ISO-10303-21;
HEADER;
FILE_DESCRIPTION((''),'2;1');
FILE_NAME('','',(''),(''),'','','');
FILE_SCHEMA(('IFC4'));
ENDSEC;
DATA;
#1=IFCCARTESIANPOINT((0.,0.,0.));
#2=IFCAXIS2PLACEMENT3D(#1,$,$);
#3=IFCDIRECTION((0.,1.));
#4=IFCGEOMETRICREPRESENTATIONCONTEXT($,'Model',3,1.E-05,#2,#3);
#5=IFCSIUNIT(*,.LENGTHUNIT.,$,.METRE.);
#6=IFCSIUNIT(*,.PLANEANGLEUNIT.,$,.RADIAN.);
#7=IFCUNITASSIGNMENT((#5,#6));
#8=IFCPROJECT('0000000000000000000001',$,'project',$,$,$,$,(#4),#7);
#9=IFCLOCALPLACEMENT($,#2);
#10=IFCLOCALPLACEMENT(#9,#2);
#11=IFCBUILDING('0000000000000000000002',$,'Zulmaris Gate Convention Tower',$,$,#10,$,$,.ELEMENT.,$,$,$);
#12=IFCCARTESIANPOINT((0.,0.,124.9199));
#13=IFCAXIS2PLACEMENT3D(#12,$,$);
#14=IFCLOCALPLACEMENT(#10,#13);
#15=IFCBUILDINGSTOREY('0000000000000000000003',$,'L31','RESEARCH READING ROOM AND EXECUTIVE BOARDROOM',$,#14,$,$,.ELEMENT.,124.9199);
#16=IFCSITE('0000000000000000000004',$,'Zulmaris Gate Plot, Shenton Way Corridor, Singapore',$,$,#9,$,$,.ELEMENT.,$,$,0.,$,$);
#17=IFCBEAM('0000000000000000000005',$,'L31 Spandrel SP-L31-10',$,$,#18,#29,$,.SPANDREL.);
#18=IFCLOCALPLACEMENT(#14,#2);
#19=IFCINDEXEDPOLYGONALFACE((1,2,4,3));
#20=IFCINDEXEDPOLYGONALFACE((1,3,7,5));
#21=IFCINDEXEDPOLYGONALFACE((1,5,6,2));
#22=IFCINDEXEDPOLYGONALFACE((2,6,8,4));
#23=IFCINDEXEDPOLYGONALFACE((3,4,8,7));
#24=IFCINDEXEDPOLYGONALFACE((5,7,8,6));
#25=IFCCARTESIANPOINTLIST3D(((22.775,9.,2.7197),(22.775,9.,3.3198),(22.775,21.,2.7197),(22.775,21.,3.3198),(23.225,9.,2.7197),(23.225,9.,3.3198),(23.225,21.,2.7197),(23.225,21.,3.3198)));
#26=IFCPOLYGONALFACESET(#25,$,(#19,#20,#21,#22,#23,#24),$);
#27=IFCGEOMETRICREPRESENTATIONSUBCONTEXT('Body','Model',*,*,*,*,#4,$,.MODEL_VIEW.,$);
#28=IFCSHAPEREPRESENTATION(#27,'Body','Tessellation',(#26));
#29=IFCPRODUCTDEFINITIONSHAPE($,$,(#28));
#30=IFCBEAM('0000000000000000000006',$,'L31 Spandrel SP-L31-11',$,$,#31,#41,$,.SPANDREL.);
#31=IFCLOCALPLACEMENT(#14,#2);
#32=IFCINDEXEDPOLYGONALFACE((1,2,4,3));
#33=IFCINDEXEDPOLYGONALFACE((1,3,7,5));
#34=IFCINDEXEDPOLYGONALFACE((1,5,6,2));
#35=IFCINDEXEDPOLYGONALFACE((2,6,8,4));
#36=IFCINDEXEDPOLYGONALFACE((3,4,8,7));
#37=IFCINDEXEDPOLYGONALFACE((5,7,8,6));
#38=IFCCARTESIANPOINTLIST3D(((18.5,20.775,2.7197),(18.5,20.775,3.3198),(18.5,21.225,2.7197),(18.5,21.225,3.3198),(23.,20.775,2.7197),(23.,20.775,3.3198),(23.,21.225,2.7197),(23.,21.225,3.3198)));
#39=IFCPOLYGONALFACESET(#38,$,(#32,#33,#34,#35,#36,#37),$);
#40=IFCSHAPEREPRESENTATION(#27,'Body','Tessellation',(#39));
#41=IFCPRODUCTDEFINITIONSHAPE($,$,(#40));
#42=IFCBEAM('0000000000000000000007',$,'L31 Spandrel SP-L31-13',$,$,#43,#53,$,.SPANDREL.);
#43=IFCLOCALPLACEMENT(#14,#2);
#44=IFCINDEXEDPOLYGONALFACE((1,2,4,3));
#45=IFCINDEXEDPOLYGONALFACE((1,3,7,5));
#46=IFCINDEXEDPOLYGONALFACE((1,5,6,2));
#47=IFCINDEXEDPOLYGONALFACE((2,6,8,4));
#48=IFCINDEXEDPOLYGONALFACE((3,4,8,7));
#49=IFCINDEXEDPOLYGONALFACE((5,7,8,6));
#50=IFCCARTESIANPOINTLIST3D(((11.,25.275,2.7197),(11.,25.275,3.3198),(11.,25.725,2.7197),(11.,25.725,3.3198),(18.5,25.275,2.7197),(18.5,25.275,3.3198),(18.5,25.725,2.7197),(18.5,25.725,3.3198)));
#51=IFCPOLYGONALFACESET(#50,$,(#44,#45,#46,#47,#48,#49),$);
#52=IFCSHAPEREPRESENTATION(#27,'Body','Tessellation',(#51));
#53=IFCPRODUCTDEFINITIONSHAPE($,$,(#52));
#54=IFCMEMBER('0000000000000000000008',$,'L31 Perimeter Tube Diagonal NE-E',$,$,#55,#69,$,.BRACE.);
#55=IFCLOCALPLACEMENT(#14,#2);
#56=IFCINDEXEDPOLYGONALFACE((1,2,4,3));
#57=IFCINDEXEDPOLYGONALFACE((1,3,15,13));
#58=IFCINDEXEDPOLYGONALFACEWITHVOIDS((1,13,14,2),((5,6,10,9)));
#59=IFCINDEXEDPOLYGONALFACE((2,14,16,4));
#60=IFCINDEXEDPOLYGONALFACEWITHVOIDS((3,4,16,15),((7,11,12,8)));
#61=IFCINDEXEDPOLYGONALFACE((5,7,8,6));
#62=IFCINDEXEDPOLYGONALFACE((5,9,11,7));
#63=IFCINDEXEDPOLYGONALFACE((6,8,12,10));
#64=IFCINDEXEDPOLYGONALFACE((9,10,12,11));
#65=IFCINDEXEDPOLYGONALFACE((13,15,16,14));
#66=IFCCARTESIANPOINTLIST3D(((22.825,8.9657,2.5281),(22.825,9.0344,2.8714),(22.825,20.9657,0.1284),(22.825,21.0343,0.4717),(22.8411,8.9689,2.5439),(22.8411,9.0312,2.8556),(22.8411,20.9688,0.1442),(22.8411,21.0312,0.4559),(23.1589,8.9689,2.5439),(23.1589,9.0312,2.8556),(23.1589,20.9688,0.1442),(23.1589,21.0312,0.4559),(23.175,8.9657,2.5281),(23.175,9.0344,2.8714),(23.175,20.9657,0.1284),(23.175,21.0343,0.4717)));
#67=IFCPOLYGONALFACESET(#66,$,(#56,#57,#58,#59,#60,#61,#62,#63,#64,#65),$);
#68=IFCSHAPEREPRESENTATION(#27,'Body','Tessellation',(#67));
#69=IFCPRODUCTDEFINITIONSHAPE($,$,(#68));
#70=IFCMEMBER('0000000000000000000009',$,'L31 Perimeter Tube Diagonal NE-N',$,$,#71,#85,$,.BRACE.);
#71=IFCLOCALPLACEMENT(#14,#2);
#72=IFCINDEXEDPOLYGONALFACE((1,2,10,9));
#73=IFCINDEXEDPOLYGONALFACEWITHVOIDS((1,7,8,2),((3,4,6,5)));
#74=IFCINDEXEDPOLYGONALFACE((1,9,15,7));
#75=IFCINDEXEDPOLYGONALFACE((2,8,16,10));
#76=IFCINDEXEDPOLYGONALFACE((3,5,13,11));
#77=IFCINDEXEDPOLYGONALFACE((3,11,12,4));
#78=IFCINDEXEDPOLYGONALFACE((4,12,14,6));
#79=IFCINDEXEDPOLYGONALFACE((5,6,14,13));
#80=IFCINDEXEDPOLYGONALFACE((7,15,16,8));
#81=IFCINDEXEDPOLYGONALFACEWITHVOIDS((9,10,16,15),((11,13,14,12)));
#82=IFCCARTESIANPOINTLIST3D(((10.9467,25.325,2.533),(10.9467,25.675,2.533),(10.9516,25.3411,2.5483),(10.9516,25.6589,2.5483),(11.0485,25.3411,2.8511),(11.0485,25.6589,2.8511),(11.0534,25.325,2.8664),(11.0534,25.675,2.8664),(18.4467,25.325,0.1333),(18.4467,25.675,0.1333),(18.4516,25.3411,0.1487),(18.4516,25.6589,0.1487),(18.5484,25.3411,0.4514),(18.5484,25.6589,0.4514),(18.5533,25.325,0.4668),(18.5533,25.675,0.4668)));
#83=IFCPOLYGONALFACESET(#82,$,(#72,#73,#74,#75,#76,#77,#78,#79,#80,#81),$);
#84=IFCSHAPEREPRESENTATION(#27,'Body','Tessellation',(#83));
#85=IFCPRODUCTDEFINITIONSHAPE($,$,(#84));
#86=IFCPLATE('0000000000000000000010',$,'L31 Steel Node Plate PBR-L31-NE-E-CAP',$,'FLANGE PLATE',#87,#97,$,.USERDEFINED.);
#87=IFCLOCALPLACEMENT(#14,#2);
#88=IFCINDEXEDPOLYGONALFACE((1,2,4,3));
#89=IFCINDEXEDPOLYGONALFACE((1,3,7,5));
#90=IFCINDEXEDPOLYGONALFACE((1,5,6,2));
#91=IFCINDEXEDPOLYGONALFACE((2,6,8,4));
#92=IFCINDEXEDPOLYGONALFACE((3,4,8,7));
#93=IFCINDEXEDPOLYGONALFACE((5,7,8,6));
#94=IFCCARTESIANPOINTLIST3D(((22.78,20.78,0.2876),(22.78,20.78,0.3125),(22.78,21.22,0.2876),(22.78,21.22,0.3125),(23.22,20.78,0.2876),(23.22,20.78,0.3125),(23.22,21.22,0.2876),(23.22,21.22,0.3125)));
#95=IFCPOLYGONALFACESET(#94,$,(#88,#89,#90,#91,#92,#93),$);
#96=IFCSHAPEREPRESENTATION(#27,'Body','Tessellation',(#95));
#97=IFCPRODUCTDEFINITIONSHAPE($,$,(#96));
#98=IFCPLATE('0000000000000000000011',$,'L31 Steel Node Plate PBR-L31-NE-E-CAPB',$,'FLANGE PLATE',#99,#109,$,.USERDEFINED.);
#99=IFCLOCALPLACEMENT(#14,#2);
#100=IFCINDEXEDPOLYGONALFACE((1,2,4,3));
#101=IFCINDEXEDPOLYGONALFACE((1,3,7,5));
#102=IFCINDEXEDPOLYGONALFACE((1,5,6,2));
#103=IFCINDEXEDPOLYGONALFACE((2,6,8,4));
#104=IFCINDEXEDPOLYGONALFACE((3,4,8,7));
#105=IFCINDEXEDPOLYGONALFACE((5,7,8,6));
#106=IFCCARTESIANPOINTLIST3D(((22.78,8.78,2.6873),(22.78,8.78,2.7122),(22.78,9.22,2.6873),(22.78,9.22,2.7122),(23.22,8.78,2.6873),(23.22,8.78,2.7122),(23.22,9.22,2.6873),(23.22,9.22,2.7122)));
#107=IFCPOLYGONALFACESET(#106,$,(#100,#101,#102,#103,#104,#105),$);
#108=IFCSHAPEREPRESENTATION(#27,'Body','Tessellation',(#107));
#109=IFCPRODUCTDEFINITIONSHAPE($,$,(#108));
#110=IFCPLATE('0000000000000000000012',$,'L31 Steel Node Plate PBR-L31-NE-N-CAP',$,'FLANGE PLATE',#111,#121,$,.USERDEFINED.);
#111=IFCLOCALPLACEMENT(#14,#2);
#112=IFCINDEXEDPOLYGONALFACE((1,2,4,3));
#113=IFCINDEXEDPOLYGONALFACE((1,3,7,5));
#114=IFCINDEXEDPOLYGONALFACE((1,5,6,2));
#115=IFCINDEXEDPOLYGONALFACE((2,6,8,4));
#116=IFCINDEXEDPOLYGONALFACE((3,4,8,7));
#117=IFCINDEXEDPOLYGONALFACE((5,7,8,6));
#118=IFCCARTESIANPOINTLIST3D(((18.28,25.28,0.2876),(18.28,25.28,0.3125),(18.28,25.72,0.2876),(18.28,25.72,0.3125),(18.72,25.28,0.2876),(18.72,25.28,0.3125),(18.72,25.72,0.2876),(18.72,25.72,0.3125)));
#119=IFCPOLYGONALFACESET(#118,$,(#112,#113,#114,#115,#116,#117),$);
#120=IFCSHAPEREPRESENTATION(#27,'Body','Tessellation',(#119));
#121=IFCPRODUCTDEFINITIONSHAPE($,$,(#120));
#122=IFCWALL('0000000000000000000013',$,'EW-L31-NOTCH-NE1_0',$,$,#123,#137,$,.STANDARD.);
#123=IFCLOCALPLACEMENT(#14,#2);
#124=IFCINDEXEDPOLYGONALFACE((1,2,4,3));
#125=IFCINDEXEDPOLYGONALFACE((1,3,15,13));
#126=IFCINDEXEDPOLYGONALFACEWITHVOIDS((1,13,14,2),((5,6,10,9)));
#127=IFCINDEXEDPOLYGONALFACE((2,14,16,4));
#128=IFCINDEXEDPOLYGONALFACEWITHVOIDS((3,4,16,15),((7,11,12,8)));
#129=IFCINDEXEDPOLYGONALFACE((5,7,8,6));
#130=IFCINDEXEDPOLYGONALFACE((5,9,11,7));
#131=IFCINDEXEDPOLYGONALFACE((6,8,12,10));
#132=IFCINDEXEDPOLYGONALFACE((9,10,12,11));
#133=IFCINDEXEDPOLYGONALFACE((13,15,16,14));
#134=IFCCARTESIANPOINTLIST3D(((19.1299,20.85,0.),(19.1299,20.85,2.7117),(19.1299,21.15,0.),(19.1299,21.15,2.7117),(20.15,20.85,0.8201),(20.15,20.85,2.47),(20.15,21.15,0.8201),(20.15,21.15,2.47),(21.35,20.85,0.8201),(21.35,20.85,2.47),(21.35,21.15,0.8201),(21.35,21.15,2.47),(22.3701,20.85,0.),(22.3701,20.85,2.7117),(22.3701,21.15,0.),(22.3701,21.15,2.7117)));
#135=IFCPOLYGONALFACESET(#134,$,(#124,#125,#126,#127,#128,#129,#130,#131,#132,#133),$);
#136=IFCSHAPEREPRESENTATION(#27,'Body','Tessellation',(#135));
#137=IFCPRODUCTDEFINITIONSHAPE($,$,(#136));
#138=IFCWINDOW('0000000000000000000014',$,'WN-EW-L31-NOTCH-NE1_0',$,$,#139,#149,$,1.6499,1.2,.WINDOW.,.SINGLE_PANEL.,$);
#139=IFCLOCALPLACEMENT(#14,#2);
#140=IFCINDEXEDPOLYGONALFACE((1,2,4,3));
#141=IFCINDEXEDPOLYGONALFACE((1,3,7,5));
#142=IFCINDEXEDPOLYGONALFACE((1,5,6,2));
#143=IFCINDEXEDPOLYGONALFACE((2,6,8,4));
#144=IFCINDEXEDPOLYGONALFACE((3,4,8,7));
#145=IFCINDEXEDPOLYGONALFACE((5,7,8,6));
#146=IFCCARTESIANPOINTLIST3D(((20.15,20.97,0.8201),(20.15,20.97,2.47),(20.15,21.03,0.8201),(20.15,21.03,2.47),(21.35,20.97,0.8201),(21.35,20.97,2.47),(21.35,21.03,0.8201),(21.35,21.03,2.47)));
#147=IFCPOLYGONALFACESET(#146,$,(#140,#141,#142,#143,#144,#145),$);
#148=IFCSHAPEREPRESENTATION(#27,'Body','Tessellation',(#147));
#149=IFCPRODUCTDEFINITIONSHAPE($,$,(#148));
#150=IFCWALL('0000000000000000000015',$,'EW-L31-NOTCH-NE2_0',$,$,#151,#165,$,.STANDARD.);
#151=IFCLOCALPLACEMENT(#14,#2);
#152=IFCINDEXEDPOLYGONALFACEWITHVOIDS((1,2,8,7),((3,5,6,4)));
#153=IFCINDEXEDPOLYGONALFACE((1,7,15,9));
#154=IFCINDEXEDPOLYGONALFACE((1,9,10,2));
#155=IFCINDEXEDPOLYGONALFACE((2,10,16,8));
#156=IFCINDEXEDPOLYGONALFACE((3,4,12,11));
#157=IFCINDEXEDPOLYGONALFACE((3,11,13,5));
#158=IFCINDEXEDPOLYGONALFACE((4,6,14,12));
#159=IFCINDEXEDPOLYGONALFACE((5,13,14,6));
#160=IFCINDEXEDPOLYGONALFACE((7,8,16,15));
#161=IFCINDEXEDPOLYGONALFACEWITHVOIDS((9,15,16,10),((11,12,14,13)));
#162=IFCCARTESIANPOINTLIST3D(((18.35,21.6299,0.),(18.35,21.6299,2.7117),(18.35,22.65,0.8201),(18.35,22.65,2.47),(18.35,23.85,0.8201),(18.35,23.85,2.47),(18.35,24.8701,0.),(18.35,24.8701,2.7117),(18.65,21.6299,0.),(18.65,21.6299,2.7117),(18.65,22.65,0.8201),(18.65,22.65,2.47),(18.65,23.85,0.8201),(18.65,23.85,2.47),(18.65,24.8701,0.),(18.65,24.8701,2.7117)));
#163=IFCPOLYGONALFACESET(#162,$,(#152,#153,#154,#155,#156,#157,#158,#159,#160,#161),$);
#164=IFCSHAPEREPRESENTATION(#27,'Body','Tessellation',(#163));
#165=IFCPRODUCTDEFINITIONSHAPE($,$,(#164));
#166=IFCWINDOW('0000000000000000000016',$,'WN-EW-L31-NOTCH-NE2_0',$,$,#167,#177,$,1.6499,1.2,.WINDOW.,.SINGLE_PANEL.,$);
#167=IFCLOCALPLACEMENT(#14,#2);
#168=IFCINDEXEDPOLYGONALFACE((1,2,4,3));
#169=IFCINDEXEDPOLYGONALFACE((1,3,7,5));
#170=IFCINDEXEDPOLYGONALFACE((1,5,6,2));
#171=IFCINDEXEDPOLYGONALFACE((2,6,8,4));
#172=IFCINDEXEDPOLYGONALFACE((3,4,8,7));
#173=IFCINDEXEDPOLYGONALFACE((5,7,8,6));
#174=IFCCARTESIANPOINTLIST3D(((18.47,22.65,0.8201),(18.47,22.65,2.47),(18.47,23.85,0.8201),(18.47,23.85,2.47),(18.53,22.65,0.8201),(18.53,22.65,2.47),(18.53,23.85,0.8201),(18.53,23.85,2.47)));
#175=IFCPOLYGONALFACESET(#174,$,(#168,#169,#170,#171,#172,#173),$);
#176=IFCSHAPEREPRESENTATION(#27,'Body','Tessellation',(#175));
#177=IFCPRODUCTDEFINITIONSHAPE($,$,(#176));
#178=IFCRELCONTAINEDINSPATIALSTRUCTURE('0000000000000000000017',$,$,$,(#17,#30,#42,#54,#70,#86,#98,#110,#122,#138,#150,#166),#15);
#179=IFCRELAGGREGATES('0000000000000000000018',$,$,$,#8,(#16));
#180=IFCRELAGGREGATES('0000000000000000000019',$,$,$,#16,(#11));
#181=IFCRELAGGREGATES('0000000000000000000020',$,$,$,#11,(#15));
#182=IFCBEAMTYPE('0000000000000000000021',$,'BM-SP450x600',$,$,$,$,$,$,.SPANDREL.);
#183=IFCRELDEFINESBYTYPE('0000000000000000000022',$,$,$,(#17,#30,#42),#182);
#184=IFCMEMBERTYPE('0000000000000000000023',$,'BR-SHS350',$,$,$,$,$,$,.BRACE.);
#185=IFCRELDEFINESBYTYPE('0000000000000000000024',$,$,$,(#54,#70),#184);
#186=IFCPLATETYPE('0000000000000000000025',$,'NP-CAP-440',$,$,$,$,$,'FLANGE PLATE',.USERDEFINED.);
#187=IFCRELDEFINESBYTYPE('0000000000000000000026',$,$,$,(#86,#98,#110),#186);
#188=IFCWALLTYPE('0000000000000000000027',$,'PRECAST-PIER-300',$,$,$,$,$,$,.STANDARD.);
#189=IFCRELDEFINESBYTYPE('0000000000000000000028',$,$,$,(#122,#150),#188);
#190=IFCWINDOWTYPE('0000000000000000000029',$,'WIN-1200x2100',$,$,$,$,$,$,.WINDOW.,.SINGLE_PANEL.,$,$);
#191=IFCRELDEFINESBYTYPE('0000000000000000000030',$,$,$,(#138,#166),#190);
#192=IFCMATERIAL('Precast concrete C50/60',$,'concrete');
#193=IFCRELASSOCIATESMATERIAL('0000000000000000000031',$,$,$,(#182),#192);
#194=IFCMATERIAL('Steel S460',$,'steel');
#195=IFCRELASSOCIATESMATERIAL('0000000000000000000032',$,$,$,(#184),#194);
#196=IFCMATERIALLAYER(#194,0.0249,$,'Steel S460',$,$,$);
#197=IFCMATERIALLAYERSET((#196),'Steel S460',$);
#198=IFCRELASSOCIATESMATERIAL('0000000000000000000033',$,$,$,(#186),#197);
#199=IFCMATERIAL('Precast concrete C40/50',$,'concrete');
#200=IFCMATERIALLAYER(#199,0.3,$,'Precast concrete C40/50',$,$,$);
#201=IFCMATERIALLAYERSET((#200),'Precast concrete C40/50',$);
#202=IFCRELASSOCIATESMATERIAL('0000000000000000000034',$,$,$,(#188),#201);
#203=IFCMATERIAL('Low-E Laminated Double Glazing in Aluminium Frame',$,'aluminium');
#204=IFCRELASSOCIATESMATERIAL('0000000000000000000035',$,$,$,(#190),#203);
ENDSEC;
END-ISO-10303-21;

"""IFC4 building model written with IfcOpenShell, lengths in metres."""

from ifc_helpers import new_model, si_unit, direction, frame, frame_2d, origin, origin_2d, place, context, subcontext, project, spatial, rectangle, hollow_rectangle, extrude, material, layer, layer_set, material_profile, profile_set, type_object, element, fill, save


model = new_model("IFC4")

# Units and contexts
model_context = context("Model", 3, precision=1e-05, world=origin(), true_north=direction((0.0, 1.0)))
body_context = subcontext(model_context, "Body", "Model", "MODEL_VIEW")
ifc_project = project(units=[si_unit("LENGTHUNIT", "METRE"), si_unit("PLANEANGLEUNIT", "RADIAN")], contexts=[model_context])

# Site, building, storey
site_placement = place(None, origin())
site = spatial("IfcSite", under=ifc_project, at=site_placement, Name="Zulmaris Gate Plot, Shenton Way Corridor, Singapore", CompositionType="ELEMENT", RefElevation=0.0)
building_placement = place(site_placement, origin())
building = spatial("IfcBuilding", under=site, at=building_placement, Name="Zulmaris Gate Convention Tower", CompositionType="ELEMENT")
storey_placement = place(building_placement, frame((0.0, 0.0, 124.9199)))
storey = spatial("IfcBuildingStorey", under=building, at=storey_placement, Name="L31", Description="RESEARCH READING ROOM AND EXECUTIVE BOARDROOM", CompositionType="ELEMENT", Elevation=124.9199)

# Beams
ifc_material_1 = material(Name="Precast concrete C50/60", Category="concrete")
ifc_material_profile_1 = material_profile(ifc_material_1, rectangle(XDim=0.45, YDim=0.6001, at=origin_2d()), Name="RC SPANDREL 450x600")
ifc_profile_set_1 = profile_set([ifc_material_profile_1], Name="Precast concrete C50/60")
beam_type_1 = type_object("IfcBeamType", Name="BM-SP450x600", PredefinedType="SPANDREL", material=ifc_profile_set_1)
beam_1_placement = place(storey_placement, frame((23.0, 9.0, 3.0198), z_axis=(0.0, 1.0, 0.0), x_axis=(-1.0, 0.0, 0.0)))
element("IfcBeam", 1, at=beam_1_placement, inside=storey, type_object=beam_type_1, Name="L31 Spandrel SP-L31-10", PredefinedType="SPANDREL", context=body_context, shape_type="SweptSolid", body=[
    extrude(rectangle(XDim=0.45, YDim=0.6001, at=origin_2d()), origin(), (0.0, 0.0, 1.0), 12.0),
])
beam_2_placement = place(storey_placement, frame((23.0, 21.0, 3.0198), z_axis=(-1.0, 0.0, 0.0), x_axis=(0.0, -1.0, 0.0)))
element("IfcBeam", 2, at=beam_2_placement, inside=storey, type_object=beam_type_1, Name="L31 Spandrel SP-L31-11", PredefinedType="SPANDREL", context=body_context, shape_type="SweptSolid", body=[
    extrude(rectangle(XDim=0.45, YDim=0.6001, at=origin_2d()), origin(), (0.0, 0.0, 1.0), 4.5),
])
beam_3_placement = place(storey_placement, frame((18.5, 25.5, 3.0198), z_axis=(-1.0, 0.0, 0.0), x_axis=(0.0, -1.0, 0.0)))
element("IfcBeam", 3, at=beam_3_placement, inside=storey, type_object=beam_type_1, Name="L31 Spandrel SP-L31-13", PredefinedType="SPANDREL", context=body_context, shape_type="SweptSolid", body=[
    extrude(rectangle(XDim=0.45, YDim=0.6001, at=origin_2d()), origin(), (0.0, 0.0, 1.0), 7.5),
])

# Members
ifc_material_2 = material(Name="Steel S460", Category="steel")
ifc_material_profile_2 = material_profile(ifc_material_2, hollow_rectangle(XDim=0.3501, YDim=0.3501, WallThickness=0.0161, at=origin_2d()), Name="SHS 350x350x16")
ifc_profile_set_2 = profile_set([ifc_material_profile_2], Name="Steel S460")
member_type = type_object("IfcMemberType", Name="BR-SHS350", PredefinedType="BRACE", material=ifc_profile_set_2)
member_1_placement = place(storey_placement, frame((23.0, 21.0, 0.3), z_axis=(0.0, -0.980586, 0.196089), x_axis=(1.0, 0.0, 0.0)))
element("IfcMember", 4, at=member_1_placement, inside=storey, type_object=member_type, Name="L31 Perimeter Tube Diagonal NE-E", PredefinedType="BRACE", context=body_context, shape_type="SweptSolid", body=[
    extrude(hollow_rectangle(XDim=0.3501, YDim=0.3501, WallThickness=0.0161, at=origin_2d()), origin(), (0.0, 0.0, 1.0), 12.2375),
])
member_2_placement = place(storey_placement, frame((18.5, 25.5, 0.3), z_axis=(-0.952437, 0.0, 0.304736), x_axis=(0.0, -1.0, 0.0)))
element("IfcMember", 5, at=member_2_placement, inside=storey, type_object=member_type, Name="L31 Perimeter Tube Diagonal NE-N", PredefinedType="BRACE", context=body_context, shape_type="SweptSolid", body=[
    extrude(hollow_rectangle(XDim=0.3501, YDim=0.3501, WallThickness=0.0161, at=origin_2d()), origin(), (0.0, 0.0, 1.0), 7.8745),
])

# Plates
ifc_layer_1 = layer(ifc_material_2, 0.0249, Name="Steel S460")
ifc_layer_set_1 = layer_set([ifc_layer_1], Name="Steel S460")
plate_type = type_object("IfcPlateType", Name="NP-CAP-440", ElementType="FLANGE PLATE", PredefinedType="USERDEFINED", material=ifc_layer_set_1)
for number, where, z_axis, x_axis, name in (
    (6, (23.0, 21.0, 0.2876), (0.0, 0.0, 1.0), (1.0, 0.0, 0.0), "L31 Steel Node Plate PBR-L31-NE-E-CAP"),
    (7, (23.0, 9.0, 2.6873), (0.0, 0.0, 1.0), (1.0, 0.0, 0.0), "L31 Steel Node Plate PBR-L31-NE-E-CAPB"),
    (8, (18.5, 25.5, 0.2876), (0.0, 0.0, 1.0), (1.0, 0.0, 0.0), "L31 Steel Node Plate PBR-L31-NE-N-CAP"),
):
    element("IfcPlate", number, at=place(storey_placement, frame(where, z_axis=z_axis, x_axis=x_axis)), inside=storey, type_object=plate_type, Name=name, ObjectType="FLANGE PLATE", PredefinedType="USERDEFINED", context=body_context, shape_type="SweptSolid", body=[
        extrude(rectangle(XDim=0.4399, YDim=0.4399, at=origin_2d()), origin(), (0.0, 0.0, 1.0), 0.0249),
    ])

# Walls, openings, windows
ifc_material_3 = material(Name="Precast concrete C40/50", Category="concrete")
ifc_layer_2 = layer(ifc_material_3, 0.3, Name="Precast concrete C40/50")
ifc_layer_set_2 = layer_set([ifc_layer_2], Name="Precast concrete C40/50")
wall_type_1 = type_object("IfcWallType", Name="PRECAST-PIER-300", PredefinedType="STANDARD", material=ifc_layer_set_2)
wall_1_placement = place(storey_placement, frame((22.3701, 21.0, 0.0), z_axis=(0.0, 0.0, 1.0), x_axis=(-1.0, 0.0, 0.0)))
wall_1 = element("IfcWall", 9, at=wall_1_placement, inside=storey, type_object=wall_type_1, Name="EW-L31-NOTCH-NE1_0", PredefinedType="STANDARD", context=body_context, shape_type="SweptSolid", body=[
    extrude(rectangle(XDim=3.2402, YDim=0.3, at=frame_2d((1.6201, 0.0))), origin(), (0.0, 0.0, 1.0), 2.7117),
])
opening_1_placement = place(wall_1_placement, frame((1.02, 0.0, 0.8201)))
opening_1 = element("IfcOpeningElement", 10, at=opening_1_placement, cuts=wall_1, PredefinedType="OPENING", context=body_context, shape_type="SweptSolid", body=[
    extrude(rectangle(XDim=1.2, YDim=1.6499, at=frame_2d((0.6001, 0.825))), frame((0.0, 0.1602, 0.0), z_axis=(0.0, -1.0, 0.0), x_axis=(1.0, 0.0, 0.0)), (0.0, 0.0, 1.0), 0.3201),
])
ifc_material_4 = material(Name="Low-E Laminated Double Glazing in Aluminium Frame", Category="aluminium")
window_type = type_object("IfcWindowType", Name="WIN-1200x2100", PartitioningType="SINGLE_PANEL", PredefinedType="WINDOW", material=ifc_material_4)
window_1_placement = place(opening_1_placement, origin())
window_1 = element("IfcWindow", 11, at=window_1_placement, inside=storey, type_object=window_type, Name="WN-EW-L31-NOTCH-NE1_0", OverallHeight=1.6499, OverallWidth=1.2, PartitioningType="SINGLE_PANEL", PredefinedType="WINDOW", context=body_context, shape_type="SweptSolid", body=[
    extrude(rectangle(XDim=1.2, YDim=1.6499, at=frame_2d((0.6001, 0.825))), frame((0.0, 0.03, 0.0), z_axis=(0.0, -1.0, 0.0), x_axis=(1.0, 0.0, 0.0)), (0.0, 0.0, 1.0), 0.0601),
])
fill(opening_1, window_1)
wall_2_placement = place(storey_placement, frame((18.5, 21.6299, 0.0), z_axis=(0.0, 0.0, 1.0), x_axis=(0.0, 1.0, 0.0)))
wall_2 = element("IfcWall", 12, at=wall_2_placement, inside=storey, type_object=wall_type_1, Name="EW-L31-NOTCH-NE2_0", PredefinedType="STANDARD", context=body_context, shape_type="SweptSolid", body=[
    extrude(rectangle(XDim=3.2402, YDim=0.3, at=frame_2d((1.6201, 0.0))), origin(), (0.0, 0.0, 1.0), 2.7117),
])
opening_2_placement = place(wall_2_placement, frame((1.02, 0.0, 0.8201)))
opening_2 = element("IfcOpeningElement", 13, at=opening_2_placement, cuts=wall_2, PredefinedType="OPENING", context=body_context, shape_type="SweptSolid", body=[
    extrude(rectangle(XDim=1.2, YDim=1.6499, at=frame_2d((0.6001, 0.825))), frame((0.0, 0.1602, 0.0), z_axis=(0.0, -1.0, 0.0), x_axis=(1.0, 0.0, 0.0)), (0.0, 0.0, 1.0), 0.3201),
])
window_2_placement = place(opening_2_placement, origin())
window_2 = element("IfcWindow", 14, at=window_2_placement, inside=storey, type_object=window_type, Name="WN-EW-L31-NOTCH-NE2_0", OverallHeight=1.6499, OverallWidth=1.2, PartitioningType="SINGLE_PANEL", PredefinedType="WINDOW", context=body_context, shape_type="SweptSolid", body=[
    extrude(rectangle(XDim=1.2, YDim=1.6499, at=frame_2d((0.6001, 0.825))), frame((0.0, 0.03, 0.0), z_axis=(0.0, -1.0, 0.0), x_axis=(1.0, 0.0, 0.0)), (0.0, 0.0, 1.0), 0.0601),
])
fill(opening_2, window_2)

save(model, "model.ifc")
